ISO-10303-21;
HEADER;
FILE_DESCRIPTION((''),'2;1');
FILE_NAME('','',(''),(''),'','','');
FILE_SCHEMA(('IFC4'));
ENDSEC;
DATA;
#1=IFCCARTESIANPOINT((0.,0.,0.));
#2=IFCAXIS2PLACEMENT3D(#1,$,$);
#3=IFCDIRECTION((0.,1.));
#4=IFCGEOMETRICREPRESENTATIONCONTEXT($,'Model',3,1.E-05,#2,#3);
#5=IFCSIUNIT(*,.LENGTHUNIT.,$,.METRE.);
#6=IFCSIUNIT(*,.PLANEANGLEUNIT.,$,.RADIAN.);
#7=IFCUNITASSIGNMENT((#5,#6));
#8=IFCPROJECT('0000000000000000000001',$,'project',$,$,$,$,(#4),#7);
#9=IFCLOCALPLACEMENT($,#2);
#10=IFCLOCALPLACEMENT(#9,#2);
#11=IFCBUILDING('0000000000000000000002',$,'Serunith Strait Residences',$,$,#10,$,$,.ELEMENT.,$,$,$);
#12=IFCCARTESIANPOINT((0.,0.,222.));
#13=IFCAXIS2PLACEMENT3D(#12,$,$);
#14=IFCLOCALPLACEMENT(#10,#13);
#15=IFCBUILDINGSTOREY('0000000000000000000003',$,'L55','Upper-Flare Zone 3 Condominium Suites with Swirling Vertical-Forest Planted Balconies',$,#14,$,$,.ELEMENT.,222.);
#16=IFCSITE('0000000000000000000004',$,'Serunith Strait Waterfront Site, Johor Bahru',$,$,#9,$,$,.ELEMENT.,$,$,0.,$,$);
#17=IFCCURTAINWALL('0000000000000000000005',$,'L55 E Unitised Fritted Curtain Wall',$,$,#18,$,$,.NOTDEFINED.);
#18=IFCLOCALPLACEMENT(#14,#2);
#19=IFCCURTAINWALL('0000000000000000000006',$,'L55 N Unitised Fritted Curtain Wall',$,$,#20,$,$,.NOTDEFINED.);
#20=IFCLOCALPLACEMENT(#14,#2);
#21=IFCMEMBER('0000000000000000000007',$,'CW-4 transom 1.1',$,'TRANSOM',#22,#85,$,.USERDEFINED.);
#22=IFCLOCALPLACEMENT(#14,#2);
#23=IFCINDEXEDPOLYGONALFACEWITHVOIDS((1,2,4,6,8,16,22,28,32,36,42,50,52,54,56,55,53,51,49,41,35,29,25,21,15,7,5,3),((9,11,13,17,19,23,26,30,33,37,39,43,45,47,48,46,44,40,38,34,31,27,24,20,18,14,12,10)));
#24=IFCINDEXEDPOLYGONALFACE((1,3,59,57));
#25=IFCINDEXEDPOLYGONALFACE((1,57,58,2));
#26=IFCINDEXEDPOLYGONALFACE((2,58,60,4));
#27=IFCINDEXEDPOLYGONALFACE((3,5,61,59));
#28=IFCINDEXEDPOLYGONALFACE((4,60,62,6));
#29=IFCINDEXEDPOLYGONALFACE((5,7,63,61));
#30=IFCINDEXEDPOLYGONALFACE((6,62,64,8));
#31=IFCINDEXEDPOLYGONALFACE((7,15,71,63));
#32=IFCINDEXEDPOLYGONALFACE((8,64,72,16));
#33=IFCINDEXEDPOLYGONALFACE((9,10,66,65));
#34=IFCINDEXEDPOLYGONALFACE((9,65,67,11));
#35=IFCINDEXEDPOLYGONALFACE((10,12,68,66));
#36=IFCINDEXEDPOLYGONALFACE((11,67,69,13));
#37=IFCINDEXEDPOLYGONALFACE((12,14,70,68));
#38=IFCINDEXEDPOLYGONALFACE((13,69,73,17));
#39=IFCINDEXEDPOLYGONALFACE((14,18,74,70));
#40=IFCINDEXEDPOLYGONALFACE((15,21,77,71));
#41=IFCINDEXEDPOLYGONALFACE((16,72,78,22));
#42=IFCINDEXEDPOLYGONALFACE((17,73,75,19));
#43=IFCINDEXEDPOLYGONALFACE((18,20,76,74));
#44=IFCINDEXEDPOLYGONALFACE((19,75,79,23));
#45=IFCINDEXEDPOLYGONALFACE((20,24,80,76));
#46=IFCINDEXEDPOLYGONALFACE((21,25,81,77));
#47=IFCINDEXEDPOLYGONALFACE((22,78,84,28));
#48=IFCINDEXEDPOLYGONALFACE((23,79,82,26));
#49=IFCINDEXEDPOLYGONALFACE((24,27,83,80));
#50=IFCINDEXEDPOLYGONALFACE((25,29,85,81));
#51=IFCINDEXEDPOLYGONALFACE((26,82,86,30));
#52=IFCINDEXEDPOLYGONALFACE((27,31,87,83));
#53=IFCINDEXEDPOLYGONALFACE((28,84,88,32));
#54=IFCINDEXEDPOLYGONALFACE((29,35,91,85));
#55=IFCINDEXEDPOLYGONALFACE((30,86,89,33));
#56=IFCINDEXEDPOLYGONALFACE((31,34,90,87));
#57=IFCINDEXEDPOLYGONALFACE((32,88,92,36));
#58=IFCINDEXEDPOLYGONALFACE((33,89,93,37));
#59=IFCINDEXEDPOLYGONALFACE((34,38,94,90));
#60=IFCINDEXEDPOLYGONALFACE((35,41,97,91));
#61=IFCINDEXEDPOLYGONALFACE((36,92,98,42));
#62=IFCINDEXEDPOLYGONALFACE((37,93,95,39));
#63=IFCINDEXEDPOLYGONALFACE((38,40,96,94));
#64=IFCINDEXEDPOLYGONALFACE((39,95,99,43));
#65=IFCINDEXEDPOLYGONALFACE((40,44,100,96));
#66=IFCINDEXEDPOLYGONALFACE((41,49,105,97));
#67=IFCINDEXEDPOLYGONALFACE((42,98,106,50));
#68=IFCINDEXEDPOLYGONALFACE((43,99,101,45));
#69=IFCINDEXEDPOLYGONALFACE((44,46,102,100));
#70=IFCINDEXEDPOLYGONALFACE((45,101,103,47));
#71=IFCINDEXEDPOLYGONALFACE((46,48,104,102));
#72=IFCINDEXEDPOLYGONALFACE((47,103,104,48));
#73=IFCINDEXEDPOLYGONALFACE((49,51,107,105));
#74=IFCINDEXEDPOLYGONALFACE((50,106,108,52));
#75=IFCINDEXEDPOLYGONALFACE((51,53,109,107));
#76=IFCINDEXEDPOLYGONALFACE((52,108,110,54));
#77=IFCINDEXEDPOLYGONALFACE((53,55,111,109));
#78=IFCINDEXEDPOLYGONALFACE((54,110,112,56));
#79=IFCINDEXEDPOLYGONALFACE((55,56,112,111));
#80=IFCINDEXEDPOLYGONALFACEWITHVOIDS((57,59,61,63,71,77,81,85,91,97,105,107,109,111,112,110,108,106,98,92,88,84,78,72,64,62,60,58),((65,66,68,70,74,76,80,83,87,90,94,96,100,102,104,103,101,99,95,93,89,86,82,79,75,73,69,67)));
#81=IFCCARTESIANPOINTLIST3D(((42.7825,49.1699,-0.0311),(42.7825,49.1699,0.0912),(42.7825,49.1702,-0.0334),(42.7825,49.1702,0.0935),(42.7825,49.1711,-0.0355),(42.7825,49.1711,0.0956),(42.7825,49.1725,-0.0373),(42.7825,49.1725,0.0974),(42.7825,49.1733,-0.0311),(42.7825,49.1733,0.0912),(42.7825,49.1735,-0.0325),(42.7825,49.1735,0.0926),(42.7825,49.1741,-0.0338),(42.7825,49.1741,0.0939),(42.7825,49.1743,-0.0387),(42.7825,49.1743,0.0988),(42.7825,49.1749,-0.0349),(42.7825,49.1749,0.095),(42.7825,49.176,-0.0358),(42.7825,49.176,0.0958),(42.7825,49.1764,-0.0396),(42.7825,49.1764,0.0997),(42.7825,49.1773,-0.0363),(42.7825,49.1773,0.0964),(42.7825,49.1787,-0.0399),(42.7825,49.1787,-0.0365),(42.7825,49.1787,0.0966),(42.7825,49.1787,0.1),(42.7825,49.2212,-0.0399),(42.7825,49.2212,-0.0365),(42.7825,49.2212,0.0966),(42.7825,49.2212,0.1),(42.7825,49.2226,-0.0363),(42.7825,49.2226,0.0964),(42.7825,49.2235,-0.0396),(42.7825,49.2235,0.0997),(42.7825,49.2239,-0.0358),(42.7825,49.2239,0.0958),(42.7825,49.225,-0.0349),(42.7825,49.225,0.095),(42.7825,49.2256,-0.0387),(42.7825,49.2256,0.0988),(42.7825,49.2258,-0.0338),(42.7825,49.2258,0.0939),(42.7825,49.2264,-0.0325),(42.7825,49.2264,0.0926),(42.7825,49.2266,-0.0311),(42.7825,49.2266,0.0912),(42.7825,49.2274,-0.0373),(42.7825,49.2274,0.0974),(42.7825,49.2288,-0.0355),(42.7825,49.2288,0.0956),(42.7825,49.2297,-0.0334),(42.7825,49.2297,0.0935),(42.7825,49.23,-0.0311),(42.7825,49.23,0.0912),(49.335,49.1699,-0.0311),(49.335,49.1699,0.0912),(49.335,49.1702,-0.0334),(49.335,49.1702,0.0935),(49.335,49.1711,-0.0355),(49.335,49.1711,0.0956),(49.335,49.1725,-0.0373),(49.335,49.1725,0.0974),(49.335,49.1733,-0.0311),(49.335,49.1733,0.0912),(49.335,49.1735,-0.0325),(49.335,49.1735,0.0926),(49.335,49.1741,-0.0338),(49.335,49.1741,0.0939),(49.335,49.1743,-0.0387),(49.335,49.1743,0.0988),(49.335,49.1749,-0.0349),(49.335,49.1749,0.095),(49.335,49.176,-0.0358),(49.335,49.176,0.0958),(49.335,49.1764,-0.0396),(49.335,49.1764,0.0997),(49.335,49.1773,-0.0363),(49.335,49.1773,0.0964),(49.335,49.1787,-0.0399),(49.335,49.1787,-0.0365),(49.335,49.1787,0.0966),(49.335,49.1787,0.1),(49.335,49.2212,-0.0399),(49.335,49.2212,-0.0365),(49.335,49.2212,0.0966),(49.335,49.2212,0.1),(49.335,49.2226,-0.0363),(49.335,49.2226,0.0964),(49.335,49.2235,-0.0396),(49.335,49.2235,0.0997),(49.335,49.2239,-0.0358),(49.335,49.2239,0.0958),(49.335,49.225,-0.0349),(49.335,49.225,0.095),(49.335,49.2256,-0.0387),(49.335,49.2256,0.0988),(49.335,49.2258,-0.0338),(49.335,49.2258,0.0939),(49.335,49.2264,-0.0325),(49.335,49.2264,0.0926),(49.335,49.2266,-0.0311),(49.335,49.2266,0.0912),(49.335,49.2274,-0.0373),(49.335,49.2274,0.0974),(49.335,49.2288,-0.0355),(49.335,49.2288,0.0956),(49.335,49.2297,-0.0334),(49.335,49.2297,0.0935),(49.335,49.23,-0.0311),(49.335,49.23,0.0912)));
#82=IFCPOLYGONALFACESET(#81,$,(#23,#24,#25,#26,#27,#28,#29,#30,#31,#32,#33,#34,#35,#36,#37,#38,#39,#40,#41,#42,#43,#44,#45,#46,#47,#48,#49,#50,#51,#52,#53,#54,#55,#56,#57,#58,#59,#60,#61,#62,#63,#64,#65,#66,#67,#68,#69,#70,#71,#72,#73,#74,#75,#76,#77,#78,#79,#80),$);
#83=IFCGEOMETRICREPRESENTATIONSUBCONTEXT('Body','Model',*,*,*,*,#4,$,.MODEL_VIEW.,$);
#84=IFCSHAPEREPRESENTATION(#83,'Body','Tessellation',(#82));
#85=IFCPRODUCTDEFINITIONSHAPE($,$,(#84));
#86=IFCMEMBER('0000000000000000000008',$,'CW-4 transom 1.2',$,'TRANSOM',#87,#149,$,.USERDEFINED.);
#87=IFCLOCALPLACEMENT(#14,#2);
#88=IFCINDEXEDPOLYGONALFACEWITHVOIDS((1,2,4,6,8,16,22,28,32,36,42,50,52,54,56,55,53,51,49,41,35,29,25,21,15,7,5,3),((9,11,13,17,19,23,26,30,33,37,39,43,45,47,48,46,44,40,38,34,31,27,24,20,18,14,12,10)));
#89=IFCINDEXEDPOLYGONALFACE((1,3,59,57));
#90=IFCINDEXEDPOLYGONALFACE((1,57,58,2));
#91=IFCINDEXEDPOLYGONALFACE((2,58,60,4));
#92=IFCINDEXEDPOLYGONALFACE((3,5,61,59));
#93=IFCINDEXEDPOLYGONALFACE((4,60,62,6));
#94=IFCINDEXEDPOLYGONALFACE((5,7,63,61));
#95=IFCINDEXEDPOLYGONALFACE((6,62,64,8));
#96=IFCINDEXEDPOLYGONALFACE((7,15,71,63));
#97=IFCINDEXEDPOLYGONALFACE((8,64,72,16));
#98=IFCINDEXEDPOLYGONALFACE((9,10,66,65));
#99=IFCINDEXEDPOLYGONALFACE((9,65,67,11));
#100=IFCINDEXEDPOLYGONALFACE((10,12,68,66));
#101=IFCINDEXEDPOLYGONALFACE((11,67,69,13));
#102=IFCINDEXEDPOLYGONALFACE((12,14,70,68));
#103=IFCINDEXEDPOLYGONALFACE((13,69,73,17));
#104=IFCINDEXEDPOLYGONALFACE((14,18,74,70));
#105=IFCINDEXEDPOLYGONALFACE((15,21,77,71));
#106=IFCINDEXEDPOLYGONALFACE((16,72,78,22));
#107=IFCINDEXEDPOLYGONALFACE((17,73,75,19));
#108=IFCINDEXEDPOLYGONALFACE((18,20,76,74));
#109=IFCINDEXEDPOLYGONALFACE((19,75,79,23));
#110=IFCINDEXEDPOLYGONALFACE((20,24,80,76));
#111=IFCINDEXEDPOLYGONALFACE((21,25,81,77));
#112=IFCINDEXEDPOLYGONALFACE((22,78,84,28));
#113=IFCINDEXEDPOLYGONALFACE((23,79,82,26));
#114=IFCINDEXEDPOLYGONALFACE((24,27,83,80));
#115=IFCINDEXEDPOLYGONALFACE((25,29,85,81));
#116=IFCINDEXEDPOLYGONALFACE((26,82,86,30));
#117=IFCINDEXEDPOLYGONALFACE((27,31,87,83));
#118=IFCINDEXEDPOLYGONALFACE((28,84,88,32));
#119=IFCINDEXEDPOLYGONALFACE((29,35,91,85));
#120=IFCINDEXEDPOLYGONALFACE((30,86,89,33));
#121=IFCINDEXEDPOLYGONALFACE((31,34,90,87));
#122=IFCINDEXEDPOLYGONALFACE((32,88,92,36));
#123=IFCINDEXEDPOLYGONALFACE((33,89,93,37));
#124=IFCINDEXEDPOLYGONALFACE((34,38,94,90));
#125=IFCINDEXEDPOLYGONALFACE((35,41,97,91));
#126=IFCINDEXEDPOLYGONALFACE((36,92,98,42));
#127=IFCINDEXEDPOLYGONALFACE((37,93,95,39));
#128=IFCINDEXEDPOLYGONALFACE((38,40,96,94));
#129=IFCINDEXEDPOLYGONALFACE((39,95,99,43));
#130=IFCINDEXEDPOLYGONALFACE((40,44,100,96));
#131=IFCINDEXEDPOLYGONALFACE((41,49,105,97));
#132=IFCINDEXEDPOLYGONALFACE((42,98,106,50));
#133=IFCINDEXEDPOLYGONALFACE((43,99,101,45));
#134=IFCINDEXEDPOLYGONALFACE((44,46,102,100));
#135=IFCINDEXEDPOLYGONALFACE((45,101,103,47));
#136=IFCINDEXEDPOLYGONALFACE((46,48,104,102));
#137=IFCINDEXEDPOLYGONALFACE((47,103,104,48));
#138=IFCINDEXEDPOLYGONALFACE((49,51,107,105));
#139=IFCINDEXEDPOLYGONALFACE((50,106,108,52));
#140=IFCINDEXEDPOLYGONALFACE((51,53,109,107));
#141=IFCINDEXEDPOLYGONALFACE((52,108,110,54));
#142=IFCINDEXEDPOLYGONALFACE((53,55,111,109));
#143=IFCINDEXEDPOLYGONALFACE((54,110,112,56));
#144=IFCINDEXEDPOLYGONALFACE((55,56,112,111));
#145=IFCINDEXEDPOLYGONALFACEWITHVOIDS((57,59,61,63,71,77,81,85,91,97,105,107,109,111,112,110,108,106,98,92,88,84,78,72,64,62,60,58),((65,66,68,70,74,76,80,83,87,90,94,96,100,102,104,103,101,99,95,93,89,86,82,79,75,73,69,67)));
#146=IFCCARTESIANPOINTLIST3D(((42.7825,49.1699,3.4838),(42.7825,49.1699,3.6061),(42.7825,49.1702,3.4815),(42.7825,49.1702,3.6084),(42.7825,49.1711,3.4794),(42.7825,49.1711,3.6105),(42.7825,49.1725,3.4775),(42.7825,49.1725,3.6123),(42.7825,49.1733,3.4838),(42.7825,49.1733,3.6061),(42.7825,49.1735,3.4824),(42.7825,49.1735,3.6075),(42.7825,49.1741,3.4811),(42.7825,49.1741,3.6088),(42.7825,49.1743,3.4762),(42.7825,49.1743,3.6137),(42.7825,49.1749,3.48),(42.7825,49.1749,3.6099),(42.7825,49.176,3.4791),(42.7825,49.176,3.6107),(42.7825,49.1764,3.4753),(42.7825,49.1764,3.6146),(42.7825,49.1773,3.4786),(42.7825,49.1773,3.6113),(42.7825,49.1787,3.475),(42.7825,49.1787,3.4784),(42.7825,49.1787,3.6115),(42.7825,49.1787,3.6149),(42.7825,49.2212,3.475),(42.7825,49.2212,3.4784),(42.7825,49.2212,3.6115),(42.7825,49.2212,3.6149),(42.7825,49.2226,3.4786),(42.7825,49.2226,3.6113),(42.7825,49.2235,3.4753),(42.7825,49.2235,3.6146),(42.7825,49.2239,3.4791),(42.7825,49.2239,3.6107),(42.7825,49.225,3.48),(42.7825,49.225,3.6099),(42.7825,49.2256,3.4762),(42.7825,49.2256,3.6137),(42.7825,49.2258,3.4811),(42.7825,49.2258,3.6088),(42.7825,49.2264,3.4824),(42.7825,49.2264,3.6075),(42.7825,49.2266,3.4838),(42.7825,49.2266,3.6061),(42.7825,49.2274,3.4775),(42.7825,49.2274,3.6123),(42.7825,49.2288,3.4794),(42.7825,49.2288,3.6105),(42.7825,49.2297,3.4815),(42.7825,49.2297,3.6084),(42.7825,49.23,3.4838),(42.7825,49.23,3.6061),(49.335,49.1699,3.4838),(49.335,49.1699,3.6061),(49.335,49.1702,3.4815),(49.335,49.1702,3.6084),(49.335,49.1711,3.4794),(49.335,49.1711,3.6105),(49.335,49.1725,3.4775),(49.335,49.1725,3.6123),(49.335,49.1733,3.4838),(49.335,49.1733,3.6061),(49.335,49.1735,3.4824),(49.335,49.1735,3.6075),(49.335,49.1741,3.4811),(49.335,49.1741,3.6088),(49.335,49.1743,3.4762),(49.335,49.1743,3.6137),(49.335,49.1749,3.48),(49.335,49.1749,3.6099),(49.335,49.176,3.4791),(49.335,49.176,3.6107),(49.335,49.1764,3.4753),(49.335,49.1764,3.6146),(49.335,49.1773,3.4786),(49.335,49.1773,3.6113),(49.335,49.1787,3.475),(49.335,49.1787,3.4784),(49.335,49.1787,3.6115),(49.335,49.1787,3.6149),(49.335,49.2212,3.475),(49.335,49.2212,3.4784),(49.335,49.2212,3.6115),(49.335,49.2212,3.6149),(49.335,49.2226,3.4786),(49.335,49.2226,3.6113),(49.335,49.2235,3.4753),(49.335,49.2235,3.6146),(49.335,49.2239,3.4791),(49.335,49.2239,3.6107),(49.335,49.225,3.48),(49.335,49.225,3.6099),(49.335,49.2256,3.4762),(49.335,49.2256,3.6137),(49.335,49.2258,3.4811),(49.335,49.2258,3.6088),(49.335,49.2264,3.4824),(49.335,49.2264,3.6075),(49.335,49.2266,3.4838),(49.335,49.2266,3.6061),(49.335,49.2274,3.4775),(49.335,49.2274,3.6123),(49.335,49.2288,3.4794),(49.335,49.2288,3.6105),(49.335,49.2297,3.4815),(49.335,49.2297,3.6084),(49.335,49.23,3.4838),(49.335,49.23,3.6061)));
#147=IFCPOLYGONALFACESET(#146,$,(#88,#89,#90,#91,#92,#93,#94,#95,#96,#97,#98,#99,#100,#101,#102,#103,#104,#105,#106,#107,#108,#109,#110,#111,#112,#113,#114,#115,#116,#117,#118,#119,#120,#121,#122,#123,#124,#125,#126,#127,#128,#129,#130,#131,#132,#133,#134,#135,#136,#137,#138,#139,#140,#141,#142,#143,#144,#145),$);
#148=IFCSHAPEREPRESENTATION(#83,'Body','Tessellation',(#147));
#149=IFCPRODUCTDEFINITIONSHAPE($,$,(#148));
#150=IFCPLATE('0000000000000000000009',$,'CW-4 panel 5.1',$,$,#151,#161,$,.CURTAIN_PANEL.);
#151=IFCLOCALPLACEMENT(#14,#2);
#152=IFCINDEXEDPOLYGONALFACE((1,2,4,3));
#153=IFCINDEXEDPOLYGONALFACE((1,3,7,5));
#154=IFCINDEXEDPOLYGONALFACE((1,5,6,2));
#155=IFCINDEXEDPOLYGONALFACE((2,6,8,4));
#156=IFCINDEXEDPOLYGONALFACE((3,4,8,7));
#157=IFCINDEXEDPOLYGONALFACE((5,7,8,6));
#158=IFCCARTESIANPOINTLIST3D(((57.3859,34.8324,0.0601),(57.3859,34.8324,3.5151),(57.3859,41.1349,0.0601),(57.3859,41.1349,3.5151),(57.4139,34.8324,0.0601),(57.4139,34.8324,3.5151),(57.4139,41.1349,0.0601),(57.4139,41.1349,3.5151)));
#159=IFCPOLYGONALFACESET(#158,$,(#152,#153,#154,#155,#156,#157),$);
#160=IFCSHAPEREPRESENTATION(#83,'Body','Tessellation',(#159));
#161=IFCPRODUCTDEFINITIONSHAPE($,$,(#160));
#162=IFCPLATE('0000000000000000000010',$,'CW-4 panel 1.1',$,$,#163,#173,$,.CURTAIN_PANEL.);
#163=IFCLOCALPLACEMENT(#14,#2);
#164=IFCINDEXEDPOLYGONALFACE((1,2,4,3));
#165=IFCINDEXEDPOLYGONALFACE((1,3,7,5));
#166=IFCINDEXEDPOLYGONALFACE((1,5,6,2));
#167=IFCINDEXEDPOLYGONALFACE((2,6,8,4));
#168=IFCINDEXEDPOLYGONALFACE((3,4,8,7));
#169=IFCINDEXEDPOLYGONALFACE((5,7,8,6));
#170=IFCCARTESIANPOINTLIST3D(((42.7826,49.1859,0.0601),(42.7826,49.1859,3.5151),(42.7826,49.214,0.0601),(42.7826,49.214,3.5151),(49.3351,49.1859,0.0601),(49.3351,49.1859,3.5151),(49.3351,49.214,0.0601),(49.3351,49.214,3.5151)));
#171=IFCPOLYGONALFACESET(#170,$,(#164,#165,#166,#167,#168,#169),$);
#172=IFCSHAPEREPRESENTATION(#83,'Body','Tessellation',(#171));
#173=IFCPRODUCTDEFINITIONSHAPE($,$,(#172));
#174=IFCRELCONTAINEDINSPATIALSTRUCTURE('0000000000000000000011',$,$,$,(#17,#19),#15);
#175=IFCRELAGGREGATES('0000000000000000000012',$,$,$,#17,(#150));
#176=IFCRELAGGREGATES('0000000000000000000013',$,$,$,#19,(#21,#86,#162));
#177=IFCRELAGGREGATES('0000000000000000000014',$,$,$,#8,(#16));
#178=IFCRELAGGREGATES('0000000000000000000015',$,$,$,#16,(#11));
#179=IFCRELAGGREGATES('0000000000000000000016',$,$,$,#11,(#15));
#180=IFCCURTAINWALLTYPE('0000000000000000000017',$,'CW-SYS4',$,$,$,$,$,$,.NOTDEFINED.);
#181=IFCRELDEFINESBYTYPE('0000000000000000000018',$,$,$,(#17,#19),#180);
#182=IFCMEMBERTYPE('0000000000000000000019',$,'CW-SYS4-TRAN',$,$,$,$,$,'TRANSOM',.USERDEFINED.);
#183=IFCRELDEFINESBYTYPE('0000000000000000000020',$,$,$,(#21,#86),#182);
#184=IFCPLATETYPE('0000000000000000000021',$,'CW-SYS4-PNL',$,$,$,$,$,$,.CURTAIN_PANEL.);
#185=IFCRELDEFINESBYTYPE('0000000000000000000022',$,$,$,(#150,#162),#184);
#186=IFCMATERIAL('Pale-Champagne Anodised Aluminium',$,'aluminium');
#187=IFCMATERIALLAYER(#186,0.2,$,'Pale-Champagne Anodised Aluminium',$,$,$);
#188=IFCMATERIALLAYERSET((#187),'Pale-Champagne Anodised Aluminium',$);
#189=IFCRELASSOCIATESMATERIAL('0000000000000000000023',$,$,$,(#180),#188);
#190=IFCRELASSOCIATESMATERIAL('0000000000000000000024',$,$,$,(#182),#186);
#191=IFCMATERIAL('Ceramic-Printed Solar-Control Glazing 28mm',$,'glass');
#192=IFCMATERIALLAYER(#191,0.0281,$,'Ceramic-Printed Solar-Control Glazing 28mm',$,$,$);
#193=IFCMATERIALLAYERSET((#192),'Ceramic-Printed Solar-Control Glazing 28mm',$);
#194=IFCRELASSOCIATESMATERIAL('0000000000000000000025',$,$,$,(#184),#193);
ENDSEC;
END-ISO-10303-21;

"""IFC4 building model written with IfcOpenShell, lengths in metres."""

from ifc_helpers import new_model, si_unit, direction, frame, origin, origin_2d, place, context, subcontext, project, spatial, rectangle, hollow_rectangle, extrude, source, transform, mapped, material, layer, layer_set, material_profile, profile_set, type_object, element, aggregate, save


model = new_model("IFC4")

# Units and contexts
model_context = context("Model", 3, precision=1e-05, world=origin(), true_north=direction((0.0, 1.0)))
body_context = subcontext(model_context, "Body", "Model", "MODEL_VIEW")
ifc_project = project(units=[si_unit("LENGTHUNIT", "METRE"), si_unit("PLANEANGLEUNIT", "RADIAN")], contexts=[model_context])

# Site, building, storey
site_placement = place(None, origin())
site = spatial("IfcSite", under=ifc_project, at=site_placement, Name="Serunith Strait Waterfront Site, Johor Bahru", CompositionType="ELEMENT", RefElevation=0.0)
building_placement = place(site_placement, origin())
building = spatial("IfcBuilding", under=site, at=building_placement, Name="Serunith Strait Residences", CompositionType="ELEMENT")
storey_placement = place(building_placement, frame((0.0, 0.0, 222.0)))
storey = spatial("IfcBuildingStorey", under=building, at=storey_placement, Name="L55", Description="Upper-Flare Zone 3 Condominium Suites with Swirling Vertical-Forest Planted Balconies", CompositionType="ELEMENT", Elevation=222.0)

# Curtain wall
ifc_material_1 = material(Name="Pale-Champagne Anodised Aluminium", Category="aluminium")
ifc_layer_1 = layer(ifc_material_1, 0.2, Name="Pale-Champagne Anodised Aluminium")
ifc_layer_set_1 = layer_set([ifc_layer_1], Name="Pale-Champagne Anodised Aluminium")
curtain_wall_type = type_object("IfcCurtainWallType", Name="CW-SYS4", PredefinedType="NOTDEFINED", material=ifc_layer_set_1)
curtain_wall_1_placement = place(storey_placement, origin())
curtain_wall_1 = element("IfcCurtainWall", 1, at=curtain_wall_1_placement, inside=storey, type_object=curtain_wall_type, Name="L55 E Unitised Fritted Curtain Wall", PredefinedType="NOTDEFINED")

# Curtain wall, members
curtain_wall_2_placement = place(storey_placement, origin())
curtain_wall_2 = element("IfcCurtainWall", 2, at=curtain_wall_2_placement, inside=storey, type_object=curtain_wall_type, Name="L55 N Unitised Fritted Curtain Wall", PredefinedType="NOTDEFINED")
ifc_material_profile_1 = material_profile(ifc_material_1, hollow_rectangle(XDim=0.0601, YDim=0.1399, WallThickness=0.0034, InnerFilletRadius=0.0054, OuterFilletRadius=0.0088, at=origin_2d()), Name="ALU 140x60x3.5")
ifc_profile_set_1 = profile_set([ifc_material_profile_1], Name="Pale-Champagne Anodised Aluminium")
member_type_1 = type_object("IfcMemberType", Name="CW-SYS4-TRAN", ElementType="TRANSOM", PredefinedType="USERDEFINED", material=ifc_profile_set_1)
shared_shape_1 = source(origin(), body_context, "Body", "SweptSolid", [
    extrude(hollow_rectangle(XDim=0.0601, YDim=0.1399, WallThickness=0.0034, InnerFilletRadius=0.0054, OuterFilletRadius=0.0088, at=origin_2d()), origin(), (0.0, 0.0, 1.0), 6.5525),
])
member_1_placement = place(storey_placement, frame((49.335, 49.2, 0.03), z_axis=(-1.0, 0.0, 0.0), x_axis=(0.0, -1.0, 0.0)))
member_1 = element("IfcMember", 3, at=member_1_placement, type_object=member_type_1, Name="CW-4 transom 1.1", ObjectType="TRANSOM", PredefinedType="USERDEFINED", context=body_context, shape_type="MappedRepresentation", body=[
    mapped(shared_shape_1, transform((0.0, 0.0, 0.0), scale=1.0)),
])
member_2_placement = place(storey_placement, frame((49.335, 49.2, 3.5449), z_axis=(-1.0, 0.0, 0.0), x_axis=(0.0, -1.0, 0.0)))
member_2 = element("IfcMember", 4, at=member_2_placement, type_object=member_type_1, Name="CW-4 transom 1.2", ObjectType="TRANSOM", PredefinedType="USERDEFINED", context=body_context, shape_type="MappedRepresentation", body=[
    mapped(shared_shape_1, transform((0.0, 0.0, 0.0), scale=1.0)),
])

# Plates
ifc_material_2 = material(Name="Ceramic-Printed Solar-Control Glazing 28mm", Category="glass")
ifc_layer_2 = layer(ifc_material_2, 0.0281, Name="Ceramic-Printed Solar-Control Glazing 28mm")
ifc_layer_set_2 = layer_set([ifc_layer_2], Name="Ceramic-Printed Solar-Control Glazing 28mm")
plate_type = type_object("IfcPlateType", Name="CW-SYS4-PNL", PredefinedType="CURTAIN_PANEL", material=ifc_layer_set_2)
shared_shape_2 = source(origin(), body_context, "Body", "SweptSolid", [
    extrude(rectangle(XDim=6.3025, YDim=0.0281, at=origin_2d()), origin(), (0.0, 0.0, 1.0), 3.4551),
])
plate_1_placement = place(storey_placement, frame((57.3999, 37.9836, 0.0601), z_axis=(0.0, 0.0, 1.0), x_axis=(0.0, 1.0, 0.0)))
plate_1 = element("IfcPlate", 5, at=plate_1_placement, type_object=plate_type, Name="CW-4 panel 5.1", PredefinedType="CURTAIN_PANEL", context=body_context, shape_type="MappedRepresentation", body=[
    mapped(shared_shape_2, transform((0.0, 0.0, 0.0), scale=1.0)),
])
aggregate(curtain_wall_1, [plate_1])
shared_shape_3 = source(origin(), body_context, "Body", "SweptSolid", [
    extrude(rectangle(XDim=6.5525, YDim=0.0281, at=origin_2d()), origin(), (0.0, 0.0, 1.0), 3.4551),
])
plate_2_placement = place(storey_placement, frame((46.0588, 49.2, 0.0601), z_axis=(0.0, 0.0, 1.0), x_axis=(-1.0, 0.0, 0.0)))
plate_2 = element("IfcPlate", 6, at=plate_2_placement, type_object=plate_type, Name="CW-4 panel 1.1", PredefinedType="CURTAIN_PANEL", context=body_context, shape_type="MappedRepresentation", body=[
    mapped(shared_shape_3, transform((0.0, 0.0, 0.0), scale=1.0)),
])
aggregate(curtain_wall_2, [member_1, member_2, plate_2])

save(model, "model.ifc")
